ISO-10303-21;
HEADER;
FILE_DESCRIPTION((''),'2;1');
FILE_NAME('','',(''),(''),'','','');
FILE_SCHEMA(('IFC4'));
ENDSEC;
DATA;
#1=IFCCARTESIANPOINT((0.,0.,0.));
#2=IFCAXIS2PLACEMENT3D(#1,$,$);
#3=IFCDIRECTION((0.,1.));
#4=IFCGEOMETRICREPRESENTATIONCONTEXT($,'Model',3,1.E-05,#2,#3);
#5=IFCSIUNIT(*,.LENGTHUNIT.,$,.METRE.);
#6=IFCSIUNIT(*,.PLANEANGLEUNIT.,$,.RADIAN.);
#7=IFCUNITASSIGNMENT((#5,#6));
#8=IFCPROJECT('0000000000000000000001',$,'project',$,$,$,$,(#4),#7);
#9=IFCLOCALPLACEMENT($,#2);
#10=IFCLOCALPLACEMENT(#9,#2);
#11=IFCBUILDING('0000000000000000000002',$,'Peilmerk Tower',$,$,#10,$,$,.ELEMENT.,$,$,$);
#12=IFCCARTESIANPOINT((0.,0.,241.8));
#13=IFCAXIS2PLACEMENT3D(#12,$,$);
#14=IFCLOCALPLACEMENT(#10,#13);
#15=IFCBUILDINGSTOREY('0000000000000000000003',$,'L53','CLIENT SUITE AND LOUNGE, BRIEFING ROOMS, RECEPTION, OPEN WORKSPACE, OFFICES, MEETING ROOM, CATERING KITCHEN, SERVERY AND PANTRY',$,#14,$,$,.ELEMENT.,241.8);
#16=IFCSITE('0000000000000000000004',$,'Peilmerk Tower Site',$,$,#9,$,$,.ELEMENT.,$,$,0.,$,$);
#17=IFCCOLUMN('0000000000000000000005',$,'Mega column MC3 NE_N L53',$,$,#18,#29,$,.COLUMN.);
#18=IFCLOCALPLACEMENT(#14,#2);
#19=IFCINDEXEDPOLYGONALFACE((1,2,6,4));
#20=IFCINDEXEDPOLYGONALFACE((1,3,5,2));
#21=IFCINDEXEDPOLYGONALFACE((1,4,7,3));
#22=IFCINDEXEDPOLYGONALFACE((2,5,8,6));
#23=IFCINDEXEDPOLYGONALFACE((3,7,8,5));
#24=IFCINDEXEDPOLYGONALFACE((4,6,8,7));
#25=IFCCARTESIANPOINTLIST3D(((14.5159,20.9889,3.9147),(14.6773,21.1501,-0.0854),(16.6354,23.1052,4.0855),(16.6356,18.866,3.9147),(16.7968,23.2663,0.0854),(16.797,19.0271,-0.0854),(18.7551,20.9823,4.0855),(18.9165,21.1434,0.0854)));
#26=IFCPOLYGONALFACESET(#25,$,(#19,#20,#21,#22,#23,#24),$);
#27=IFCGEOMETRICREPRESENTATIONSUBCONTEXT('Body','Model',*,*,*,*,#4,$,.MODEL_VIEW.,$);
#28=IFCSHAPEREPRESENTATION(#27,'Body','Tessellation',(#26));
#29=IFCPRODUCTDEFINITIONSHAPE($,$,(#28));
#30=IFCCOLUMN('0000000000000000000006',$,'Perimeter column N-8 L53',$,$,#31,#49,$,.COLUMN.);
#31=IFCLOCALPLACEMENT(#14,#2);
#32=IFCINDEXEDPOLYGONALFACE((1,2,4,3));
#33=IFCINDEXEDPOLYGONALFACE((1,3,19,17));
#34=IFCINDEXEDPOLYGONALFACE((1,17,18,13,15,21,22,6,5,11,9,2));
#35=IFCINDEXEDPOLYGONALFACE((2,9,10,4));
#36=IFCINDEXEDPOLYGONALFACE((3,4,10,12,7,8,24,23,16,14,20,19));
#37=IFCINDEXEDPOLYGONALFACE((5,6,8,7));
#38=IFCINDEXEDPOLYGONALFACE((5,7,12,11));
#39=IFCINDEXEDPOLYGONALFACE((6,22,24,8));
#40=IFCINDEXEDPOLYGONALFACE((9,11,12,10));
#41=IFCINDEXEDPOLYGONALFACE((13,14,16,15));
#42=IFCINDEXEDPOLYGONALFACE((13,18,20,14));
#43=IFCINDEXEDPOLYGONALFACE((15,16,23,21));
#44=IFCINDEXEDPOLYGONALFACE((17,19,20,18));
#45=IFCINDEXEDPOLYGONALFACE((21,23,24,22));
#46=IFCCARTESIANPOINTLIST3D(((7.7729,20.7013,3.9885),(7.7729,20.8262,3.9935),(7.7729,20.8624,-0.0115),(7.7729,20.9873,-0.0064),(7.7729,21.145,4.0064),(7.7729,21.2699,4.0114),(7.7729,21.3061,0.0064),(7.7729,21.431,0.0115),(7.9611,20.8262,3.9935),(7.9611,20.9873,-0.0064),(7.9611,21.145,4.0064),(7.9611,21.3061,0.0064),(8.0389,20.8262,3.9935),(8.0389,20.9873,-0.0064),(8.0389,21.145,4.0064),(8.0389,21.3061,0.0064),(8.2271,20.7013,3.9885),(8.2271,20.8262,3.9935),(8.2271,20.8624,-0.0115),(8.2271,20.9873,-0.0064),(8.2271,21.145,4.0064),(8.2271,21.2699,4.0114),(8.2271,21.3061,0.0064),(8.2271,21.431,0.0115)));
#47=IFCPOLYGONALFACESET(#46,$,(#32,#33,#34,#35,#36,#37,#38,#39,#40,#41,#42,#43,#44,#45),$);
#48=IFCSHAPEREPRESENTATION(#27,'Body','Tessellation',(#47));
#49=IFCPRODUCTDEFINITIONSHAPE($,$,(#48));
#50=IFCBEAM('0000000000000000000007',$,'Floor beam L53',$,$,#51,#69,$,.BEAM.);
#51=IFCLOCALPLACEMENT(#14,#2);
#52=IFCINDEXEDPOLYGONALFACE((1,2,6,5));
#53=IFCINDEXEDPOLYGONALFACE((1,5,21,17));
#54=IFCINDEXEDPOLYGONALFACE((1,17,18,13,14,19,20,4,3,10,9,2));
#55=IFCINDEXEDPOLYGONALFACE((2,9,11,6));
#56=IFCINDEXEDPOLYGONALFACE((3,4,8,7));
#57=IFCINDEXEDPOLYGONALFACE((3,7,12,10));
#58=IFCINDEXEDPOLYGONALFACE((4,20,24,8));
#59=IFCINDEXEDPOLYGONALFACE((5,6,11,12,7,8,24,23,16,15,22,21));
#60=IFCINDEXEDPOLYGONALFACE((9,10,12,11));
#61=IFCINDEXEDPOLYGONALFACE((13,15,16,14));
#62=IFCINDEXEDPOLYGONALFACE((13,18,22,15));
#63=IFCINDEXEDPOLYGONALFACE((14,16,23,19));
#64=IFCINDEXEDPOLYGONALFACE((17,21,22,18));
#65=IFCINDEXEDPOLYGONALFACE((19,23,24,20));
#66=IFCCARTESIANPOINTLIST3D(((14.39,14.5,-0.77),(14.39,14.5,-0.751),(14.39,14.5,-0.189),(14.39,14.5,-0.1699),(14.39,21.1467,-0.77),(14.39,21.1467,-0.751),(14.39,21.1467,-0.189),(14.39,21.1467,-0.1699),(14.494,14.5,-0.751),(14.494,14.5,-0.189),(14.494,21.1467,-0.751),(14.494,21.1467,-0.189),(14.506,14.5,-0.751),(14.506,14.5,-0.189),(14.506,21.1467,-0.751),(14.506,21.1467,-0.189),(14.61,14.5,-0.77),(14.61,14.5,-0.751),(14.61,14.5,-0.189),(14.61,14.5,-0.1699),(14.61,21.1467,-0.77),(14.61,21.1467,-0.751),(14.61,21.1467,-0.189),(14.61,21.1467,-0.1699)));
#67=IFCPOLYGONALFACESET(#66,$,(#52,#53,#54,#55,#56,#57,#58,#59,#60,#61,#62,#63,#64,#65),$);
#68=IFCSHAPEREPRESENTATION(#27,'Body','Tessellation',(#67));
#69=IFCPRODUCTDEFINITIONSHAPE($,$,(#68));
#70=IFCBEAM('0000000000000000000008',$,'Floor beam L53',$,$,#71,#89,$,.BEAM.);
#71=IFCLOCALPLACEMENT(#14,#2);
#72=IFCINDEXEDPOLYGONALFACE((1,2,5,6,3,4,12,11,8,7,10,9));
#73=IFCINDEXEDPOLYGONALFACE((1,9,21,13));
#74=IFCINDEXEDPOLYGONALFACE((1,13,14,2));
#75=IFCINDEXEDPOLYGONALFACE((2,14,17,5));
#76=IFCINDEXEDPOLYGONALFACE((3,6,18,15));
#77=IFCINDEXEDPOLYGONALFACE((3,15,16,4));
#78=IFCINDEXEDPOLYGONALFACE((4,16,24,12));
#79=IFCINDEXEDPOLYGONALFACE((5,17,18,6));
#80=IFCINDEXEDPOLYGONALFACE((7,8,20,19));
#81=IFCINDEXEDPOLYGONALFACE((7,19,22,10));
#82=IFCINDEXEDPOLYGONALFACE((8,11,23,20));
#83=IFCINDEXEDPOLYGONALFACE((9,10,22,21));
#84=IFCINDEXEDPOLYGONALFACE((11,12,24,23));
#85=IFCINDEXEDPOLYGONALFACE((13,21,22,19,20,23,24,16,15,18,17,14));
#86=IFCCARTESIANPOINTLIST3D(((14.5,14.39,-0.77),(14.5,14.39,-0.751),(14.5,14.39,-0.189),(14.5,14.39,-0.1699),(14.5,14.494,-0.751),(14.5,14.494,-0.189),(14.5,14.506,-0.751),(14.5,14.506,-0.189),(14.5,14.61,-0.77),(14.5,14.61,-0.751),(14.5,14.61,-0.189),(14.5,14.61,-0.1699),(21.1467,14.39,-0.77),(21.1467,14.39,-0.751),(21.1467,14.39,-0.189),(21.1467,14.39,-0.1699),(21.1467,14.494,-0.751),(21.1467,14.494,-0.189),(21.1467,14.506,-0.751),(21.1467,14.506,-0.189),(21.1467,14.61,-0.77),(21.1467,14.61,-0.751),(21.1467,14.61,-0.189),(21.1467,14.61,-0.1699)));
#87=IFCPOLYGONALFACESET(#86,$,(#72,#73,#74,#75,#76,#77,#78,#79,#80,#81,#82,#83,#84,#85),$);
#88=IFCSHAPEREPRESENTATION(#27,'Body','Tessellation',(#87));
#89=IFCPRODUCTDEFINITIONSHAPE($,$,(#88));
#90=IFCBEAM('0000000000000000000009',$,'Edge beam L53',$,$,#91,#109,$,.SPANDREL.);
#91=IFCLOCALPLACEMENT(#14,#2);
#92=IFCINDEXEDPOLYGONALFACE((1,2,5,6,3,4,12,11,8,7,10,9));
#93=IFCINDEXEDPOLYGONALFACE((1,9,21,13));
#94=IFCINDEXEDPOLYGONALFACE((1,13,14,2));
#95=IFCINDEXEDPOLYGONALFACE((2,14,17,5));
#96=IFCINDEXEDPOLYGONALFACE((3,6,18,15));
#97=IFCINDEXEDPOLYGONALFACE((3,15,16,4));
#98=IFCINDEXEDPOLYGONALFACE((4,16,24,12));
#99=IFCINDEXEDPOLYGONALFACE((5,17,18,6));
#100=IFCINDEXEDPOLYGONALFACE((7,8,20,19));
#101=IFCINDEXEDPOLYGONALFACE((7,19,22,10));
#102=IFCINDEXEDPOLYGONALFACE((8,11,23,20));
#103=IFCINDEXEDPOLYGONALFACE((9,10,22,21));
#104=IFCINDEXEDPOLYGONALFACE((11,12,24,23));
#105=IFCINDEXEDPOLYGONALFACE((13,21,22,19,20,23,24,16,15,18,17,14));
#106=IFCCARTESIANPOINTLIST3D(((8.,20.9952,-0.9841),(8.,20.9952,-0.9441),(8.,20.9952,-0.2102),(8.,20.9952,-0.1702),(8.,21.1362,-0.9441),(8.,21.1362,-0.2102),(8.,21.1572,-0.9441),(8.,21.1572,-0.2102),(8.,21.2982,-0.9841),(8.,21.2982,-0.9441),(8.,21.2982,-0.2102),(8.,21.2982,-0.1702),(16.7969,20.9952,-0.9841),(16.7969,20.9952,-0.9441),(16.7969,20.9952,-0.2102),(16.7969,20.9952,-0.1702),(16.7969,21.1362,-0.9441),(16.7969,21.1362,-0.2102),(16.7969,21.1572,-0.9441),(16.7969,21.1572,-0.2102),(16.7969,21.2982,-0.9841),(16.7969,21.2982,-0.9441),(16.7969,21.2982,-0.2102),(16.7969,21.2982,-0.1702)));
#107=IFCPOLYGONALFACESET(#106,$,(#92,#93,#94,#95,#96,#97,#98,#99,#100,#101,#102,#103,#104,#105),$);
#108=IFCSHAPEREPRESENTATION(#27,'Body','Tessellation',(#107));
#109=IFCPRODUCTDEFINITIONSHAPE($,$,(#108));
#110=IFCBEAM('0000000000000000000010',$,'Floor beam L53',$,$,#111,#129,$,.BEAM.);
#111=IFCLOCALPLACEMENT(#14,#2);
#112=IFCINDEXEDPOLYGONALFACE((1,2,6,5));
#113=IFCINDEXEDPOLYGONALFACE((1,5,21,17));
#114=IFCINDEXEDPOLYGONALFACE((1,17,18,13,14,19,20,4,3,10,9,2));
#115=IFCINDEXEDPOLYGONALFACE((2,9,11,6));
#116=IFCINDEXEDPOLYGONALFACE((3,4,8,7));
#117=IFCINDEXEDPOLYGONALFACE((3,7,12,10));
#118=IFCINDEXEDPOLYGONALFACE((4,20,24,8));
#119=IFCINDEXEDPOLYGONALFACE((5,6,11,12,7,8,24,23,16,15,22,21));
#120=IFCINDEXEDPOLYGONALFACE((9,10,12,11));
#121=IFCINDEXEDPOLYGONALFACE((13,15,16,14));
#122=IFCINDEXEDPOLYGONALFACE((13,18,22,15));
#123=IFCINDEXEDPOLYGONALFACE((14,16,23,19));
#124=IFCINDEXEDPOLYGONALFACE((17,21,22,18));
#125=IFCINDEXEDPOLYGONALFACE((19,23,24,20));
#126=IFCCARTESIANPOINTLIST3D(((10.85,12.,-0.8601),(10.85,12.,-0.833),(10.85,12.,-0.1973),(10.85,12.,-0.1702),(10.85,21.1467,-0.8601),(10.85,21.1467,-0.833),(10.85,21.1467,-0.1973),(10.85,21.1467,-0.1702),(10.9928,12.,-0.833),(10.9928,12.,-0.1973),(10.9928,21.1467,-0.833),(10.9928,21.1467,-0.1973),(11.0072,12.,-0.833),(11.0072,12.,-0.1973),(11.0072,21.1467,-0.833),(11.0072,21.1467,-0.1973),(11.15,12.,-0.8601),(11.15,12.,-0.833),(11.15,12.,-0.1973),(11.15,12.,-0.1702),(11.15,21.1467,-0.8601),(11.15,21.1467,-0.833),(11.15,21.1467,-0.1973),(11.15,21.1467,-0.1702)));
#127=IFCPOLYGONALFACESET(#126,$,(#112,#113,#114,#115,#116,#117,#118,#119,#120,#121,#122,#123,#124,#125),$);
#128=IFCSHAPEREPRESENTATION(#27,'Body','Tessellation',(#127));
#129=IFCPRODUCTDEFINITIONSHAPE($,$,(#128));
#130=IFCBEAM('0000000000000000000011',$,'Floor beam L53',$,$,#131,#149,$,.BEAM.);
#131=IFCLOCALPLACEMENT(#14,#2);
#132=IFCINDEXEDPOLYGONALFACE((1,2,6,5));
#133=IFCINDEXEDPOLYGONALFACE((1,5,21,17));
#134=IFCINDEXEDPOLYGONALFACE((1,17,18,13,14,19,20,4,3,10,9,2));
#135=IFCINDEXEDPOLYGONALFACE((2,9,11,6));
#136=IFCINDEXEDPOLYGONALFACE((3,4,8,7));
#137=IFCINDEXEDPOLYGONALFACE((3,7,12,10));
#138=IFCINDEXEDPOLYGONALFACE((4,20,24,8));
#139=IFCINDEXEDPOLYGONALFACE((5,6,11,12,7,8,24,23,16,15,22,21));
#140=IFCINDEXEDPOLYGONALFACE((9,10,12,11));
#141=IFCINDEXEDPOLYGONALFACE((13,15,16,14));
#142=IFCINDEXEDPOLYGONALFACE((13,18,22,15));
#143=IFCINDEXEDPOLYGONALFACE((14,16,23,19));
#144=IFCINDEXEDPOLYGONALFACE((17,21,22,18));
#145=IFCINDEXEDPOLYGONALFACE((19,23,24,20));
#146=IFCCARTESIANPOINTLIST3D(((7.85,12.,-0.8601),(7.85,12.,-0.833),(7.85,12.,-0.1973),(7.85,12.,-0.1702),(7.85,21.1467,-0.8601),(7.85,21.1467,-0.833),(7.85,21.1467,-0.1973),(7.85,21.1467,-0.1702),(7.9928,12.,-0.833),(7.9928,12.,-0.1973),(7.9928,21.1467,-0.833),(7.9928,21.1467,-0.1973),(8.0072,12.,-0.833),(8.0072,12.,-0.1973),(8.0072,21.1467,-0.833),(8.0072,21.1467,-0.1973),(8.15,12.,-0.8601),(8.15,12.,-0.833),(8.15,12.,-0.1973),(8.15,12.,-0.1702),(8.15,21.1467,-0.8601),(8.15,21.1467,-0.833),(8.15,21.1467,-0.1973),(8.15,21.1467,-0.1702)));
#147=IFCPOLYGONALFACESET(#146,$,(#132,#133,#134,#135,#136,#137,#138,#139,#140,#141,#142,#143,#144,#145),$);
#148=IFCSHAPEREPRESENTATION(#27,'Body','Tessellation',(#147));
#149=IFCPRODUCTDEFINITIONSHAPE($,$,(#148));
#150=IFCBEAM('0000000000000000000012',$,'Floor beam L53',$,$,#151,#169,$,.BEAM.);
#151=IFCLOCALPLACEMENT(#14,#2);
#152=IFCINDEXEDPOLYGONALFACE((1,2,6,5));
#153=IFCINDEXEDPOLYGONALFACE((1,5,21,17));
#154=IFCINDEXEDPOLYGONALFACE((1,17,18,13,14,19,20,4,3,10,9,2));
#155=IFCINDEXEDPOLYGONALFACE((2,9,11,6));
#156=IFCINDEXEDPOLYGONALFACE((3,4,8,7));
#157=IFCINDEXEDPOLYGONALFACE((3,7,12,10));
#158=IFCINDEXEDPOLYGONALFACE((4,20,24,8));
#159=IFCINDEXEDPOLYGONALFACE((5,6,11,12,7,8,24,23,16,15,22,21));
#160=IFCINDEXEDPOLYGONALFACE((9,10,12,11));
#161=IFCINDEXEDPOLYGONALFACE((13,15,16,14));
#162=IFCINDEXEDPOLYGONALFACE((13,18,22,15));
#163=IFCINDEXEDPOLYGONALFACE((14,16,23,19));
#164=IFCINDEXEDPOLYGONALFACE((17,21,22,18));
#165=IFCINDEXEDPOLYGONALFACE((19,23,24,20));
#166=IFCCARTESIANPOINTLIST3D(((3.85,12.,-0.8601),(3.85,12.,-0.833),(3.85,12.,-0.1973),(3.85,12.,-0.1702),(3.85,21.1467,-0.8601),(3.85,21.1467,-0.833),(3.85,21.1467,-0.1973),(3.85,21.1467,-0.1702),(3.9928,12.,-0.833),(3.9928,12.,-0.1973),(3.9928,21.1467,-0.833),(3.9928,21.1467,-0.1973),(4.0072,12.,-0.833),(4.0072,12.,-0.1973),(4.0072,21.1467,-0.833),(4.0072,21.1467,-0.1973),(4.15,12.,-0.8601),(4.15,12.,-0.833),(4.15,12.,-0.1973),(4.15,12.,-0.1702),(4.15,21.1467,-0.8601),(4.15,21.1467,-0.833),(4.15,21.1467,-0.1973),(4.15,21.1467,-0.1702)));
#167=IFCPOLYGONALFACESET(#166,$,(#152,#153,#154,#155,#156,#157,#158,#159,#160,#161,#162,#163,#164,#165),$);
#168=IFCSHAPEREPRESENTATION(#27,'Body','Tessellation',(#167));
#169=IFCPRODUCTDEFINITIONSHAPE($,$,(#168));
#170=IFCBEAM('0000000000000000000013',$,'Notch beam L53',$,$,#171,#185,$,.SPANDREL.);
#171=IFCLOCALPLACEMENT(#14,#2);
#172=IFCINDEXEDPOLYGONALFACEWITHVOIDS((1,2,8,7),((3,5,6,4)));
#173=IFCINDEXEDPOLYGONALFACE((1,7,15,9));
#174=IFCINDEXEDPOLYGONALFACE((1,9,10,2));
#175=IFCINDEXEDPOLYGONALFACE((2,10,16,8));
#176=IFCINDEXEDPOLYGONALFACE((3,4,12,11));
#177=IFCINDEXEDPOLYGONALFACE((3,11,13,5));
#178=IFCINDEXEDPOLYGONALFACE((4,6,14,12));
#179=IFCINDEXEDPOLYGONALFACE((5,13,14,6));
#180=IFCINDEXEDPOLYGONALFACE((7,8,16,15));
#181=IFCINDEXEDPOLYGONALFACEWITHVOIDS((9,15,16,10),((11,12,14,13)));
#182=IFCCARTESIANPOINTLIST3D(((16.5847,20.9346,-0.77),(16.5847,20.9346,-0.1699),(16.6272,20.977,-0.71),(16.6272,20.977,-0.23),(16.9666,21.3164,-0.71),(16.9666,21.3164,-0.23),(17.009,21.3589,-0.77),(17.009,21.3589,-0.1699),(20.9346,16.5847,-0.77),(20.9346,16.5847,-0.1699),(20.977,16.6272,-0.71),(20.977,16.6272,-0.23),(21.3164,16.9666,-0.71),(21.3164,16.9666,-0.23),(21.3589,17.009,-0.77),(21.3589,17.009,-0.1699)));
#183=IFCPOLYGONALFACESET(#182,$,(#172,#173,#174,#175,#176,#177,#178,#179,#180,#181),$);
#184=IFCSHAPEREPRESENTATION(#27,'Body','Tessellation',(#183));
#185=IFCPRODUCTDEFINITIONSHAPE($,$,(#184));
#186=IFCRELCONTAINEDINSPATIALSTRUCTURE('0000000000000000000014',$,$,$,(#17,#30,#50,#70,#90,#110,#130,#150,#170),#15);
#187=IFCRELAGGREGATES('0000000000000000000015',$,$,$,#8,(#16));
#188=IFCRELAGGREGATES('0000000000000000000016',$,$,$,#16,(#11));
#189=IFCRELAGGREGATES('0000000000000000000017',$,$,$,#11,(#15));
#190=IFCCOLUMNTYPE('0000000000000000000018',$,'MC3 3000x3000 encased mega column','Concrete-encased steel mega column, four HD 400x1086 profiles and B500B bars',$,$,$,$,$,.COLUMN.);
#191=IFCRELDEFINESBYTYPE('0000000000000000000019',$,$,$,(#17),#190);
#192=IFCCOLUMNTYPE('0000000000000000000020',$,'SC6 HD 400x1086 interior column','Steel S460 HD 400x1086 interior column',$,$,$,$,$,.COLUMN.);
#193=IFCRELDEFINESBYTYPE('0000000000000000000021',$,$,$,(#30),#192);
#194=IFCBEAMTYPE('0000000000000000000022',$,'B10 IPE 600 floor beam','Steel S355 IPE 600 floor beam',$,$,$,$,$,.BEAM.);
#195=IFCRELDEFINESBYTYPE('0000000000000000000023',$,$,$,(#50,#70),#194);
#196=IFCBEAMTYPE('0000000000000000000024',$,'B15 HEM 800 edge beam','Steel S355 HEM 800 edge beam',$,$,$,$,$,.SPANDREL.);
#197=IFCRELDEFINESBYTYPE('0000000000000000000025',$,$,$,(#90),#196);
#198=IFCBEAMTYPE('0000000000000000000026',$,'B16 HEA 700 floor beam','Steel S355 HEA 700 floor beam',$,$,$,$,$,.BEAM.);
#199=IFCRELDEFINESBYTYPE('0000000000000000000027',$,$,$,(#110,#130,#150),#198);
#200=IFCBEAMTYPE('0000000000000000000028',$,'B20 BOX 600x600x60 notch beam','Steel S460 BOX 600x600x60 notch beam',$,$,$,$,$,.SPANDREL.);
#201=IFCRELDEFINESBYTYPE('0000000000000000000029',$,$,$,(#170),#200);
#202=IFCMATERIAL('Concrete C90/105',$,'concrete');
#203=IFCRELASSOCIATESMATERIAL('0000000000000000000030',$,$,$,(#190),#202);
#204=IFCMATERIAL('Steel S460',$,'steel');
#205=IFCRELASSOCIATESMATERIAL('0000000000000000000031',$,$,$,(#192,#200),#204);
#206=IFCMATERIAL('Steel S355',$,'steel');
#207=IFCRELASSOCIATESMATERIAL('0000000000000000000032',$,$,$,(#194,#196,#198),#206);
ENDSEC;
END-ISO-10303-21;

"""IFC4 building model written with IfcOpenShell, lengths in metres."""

from ifc_helpers import new_model, si_unit, direction, frame, origin, origin_2d, place, context, subcontext, project, spatial, rectangle, hollow_rectangle, i_section, extrude, material, material_profile, profile_set, type_object, element, save


model = new_model("IFC4")

# Units and contexts
model_context = context("Model", 3, precision=1e-05, world=origin(), true_north=direction((0.0, 1.0)))
body_context = subcontext(model_context, "Body", "Model", "MODEL_VIEW")
ifc_project = project(units=[si_unit("LENGTHUNIT", "METRE"), si_unit("PLANEANGLEUNIT", "RADIAN")], contexts=[model_context])

# Site, building, storey
site_placement = place(None, origin())
site = spatial("IfcSite", under=ifc_project, at=site_placement, Name="Peilmerk Tower Site", CompositionType="ELEMENT", RefElevation=0.0)
building_placement = place(site_placement, origin())
building = spatial("IfcBuilding", under=site, at=building_placement, Name="Peilmerk Tower", CompositionType="ELEMENT")
storey_placement = place(building_placement, frame((0.0, 0.0, 241.8)))
storey = spatial("IfcBuildingStorey", under=building, at=storey_placement, Name="L53", Description="CLIENT SUITE AND LOUNGE, BRIEFING ROOMS, RECEPTION, OPEN WORKSPACE, OFFICES, MEETING ROOM, CATERING KITCHEN, SERVERY AND PANTRY", CompositionType="ELEMENT", Elevation=241.8)

# Columns
ifc_material_1 = material(Name="Concrete C90/105", Category="concrete")
ifc_material_profile_1 = material_profile(ifc_material_1, rectangle(XDim=3.0, YDim=3.0, at=origin_2d()), Name="RC 3000x3000")
ifc_profile_set_1 = profile_set([ifc_material_profile_1], Name="Concrete C90/105")
column_type_1 = type_object("IfcColumnType", Name="MC3 3000x3000 encased mega column", Description="Concrete-encased steel mega column, four HD 400x1086 profiles and B500B bars", PredefinedType="COLUMN", material=ifc_profile_set_1)
column_1_placement = place(storey_placement, frame((16.7969, 21.1467, 0.0), z_axis=(-0.040279, -0.040218, 0.998379), x_axis=(0.706571, -0.707642, 0.0)))
element("IfcColumn", 1, at=column_1_placement, inside=storey, type_object=column_type_1, Name="Mega column MC3 NE_N L53", PredefinedType="COLUMN", context=body_context, shape_type="SweptSolid", body=[
    extrude(rectangle(XDim=3.0, YDim=3.0, at=origin_2d()), origin(), (0.0, 0.0, 1.0), 4.0066),
])
ifc_material_2 = material(Name="Steel S460", Category="steel")
ifc_material_profile_2 = material_profile(ifc_material_2, i_section(OverallWidth=0.4541, OverallDepth=0.5691, WebThickness=0.0779, FlangeThickness=0.125, at=origin_2d()), Name="HD 400x1086")
ifc_profile_set_2 = profile_set([ifc_material_profile_2], Name="Steel S460")
column_type_2 = type_object("IfcColumnType", Name="SC6 HD 400x1086 interior column", Description="Steel S460 HD 400x1086 interior column", PredefinedType="COLUMN", material=ifc_profile_set_2)
column_2_placement = place(storey_placement, frame((8.0, 21.1467, 0.0), z_axis=(0.0, -0.040251, 0.99919), x_axis=(1.0, 0.0, 0.0)))
element("IfcColumn", 2, at=column_2_placement, inside=storey, type_object=column_type_2, Name="Perimeter column N-8 L53", PredefinedType="COLUMN", context=body_context, shape_type="SweptSolid", body=[
    extrude(i_section(OverallWidth=0.4541, OverallDepth=0.5691, WebThickness=0.0779, FlangeThickness=0.125, at=origin_2d()), origin(), (0.0, 0.0, 1.0), 4.0032),
])

# Beams
ifc_material_3 = material(Name="Steel S355", Category="steel")
ifc_material_profile_3 = material_profile(ifc_material_3, i_section(OverallWidth=0.22, OverallDepth=0.6001, WebThickness=0.012, FlangeThickness=0.019, at=origin_2d()), Name="IPE 600")
ifc_profile_set_3 = profile_set([ifc_material_profile_3], Name="Steel S355")
beam_type_1 = type_object("IfcBeamType", Name="B10 IPE 600 floor beam", Description="Steel S355 IPE 600 floor beam", PredefinedType="BEAM", material=ifc_profile_set_3)
for number, where, z_axis, x_axis, name in (
    (3, (14.5, 14.5, -0.47), (0.0, 1.0, 0.0), (-1.0, 0.0, 0.0), "Floor beam L53"),
    (4, (14.5, 14.5, -0.47), (1.0, 0.0, 0.0), (0.0, 1.0, 0.0), "Floor beam L53"),
):
    element("IfcBeam", number, at=place(storey_placement, frame(where, z_axis=z_axis, x_axis=x_axis)), inside=storey, type_object=beam_type_1, Name=name, PredefinedType="BEAM", context=body_context, shape_type="SweptSolid", body=[
        extrude(i_section(OverallWidth=0.22, OverallDepth=0.6001, WebThickness=0.012, FlangeThickness=0.019, at=origin_2d()), origin(), (0.0, 0.0, 1.0), 6.6467),
    ])
ifc_material_profile_4 = material_profile(ifc_material_3, i_section(OverallWidth=0.303, OverallDepth=0.814, WebThickness=0.021, FlangeThickness=0.04, at=origin_2d()), Name="HEM 800")
ifc_profile_set_4 = profile_set([ifc_material_profile_4], Name="Steel S355")
beam_type_2 = type_object("IfcBeamType", Name="B15 HEM 800 edge beam", Description="Steel S355 HEM 800 edge beam", PredefinedType="SPANDREL", material=ifc_profile_set_4)
beam_1_placement = place(storey_placement, frame((16.7969, 21.1467, -0.5771), z_axis=(-1.0, 0.0, 0.0), x_axis=(0.0, -1.0, 0.0)))
element("IfcBeam", 5, at=beam_1_placement, inside=storey, type_object=beam_type_2, Name="Edge beam L53", PredefinedType="SPANDREL", context=body_context, shape_type="SweptSolid", body=[
    extrude(i_section(OverallWidth=0.303, OverallDepth=0.814, WebThickness=0.021, FlangeThickness=0.04, at=origin_2d()), origin(), (0.0, 0.0, 1.0), 8.7969),
])
ifc_material_profile_5 = material_profile(ifc_material_3, i_section(OverallWidth=0.3, OverallDepth=0.6899, WebThickness=0.0144, FlangeThickness=0.0271, at=origin_2d()), Name="HEA 700")
ifc_profile_set_5 = profile_set([ifc_material_profile_5], Name="Steel S355")
beam_type_3 = type_object("IfcBeamType", Name="B16 HEA 700 floor beam", Description="Steel S355 HEA 700 floor beam", PredefinedType="BEAM", material=ifc_profile_set_5)
for number, where, z_axis, x_axis, name in (
    (6, (11.0, 12.0, -0.5151), (0.0, 1.0, 0.0), (-1.0, 0.0, 0.0), "Floor beam L53"),
    (7, (8.0, 12.0, -0.5151), (0.0, 1.0, 0.0), (-1.0, 0.0, 0.0), "Floor beam L53"),
    (8, (4.0, 12.0, -0.5151), (0.0, 1.0, 0.0), (-1.0, 0.0, 0.0), "Floor beam L53"),
):
    element("IfcBeam", number, at=place(storey_placement, frame(where, z_axis=z_axis, x_axis=x_axis)), inside=storey, type_object=beam_type_3, Name=name, PredefinedType="BEAM", context=body_context, shape_type="SweptSolid", body=[
        extrude(i_section(OverallWidth=0.3, OverallDepth=0.6899, WebThickness=0.0144, FlangeThickness=0.0271, at=origin_2d()), origin(), (0.0, 0.0, 1.0), 9.1467),
    ])
ifc_material_profile_6 = material_profile(ifc_material_2, hollow_rectangle(XDim=0.6001, YDim=0.6001, WallThickness=0.0601, at=origin_2d()), Name="BOX 600x600x60")
ifc_profile_set_6 = profile_set([ifc_material_profile_6], Name="Steel S460")
beam_type_4 = type_object("IfcBeamType", Name="B20 BOX 600x600x60 notch beam", Description="Steel S460 BOX 600x600x60 notch beam", PredefinedType="SPANDREL", material=ifc_profile_set_6)
beam_2_placement = place(storey_placement, frame((16.7969, 21.1467, -0.47), z_axis=(0.707107, -0.707107, 0.0), x_axis=(0.707107, 0.707107, 0.0)))
element("IfcBeam", 9, at=beam_2_placement, inside=storey, type_object=beam_type_4, Name="Notch beam L53", PredefinedType="SPANDREL", context=body_context, shape_type="SweptSolid", body=[
    extrude(hollow_rectangle(XDim=0.6001, YDim=0.6001, WallThickness=0.0601, at=origin_2d()), origin(), (0.0, 0.0, 1.0), 6.1516),
])

save(model, "model.ifc")
